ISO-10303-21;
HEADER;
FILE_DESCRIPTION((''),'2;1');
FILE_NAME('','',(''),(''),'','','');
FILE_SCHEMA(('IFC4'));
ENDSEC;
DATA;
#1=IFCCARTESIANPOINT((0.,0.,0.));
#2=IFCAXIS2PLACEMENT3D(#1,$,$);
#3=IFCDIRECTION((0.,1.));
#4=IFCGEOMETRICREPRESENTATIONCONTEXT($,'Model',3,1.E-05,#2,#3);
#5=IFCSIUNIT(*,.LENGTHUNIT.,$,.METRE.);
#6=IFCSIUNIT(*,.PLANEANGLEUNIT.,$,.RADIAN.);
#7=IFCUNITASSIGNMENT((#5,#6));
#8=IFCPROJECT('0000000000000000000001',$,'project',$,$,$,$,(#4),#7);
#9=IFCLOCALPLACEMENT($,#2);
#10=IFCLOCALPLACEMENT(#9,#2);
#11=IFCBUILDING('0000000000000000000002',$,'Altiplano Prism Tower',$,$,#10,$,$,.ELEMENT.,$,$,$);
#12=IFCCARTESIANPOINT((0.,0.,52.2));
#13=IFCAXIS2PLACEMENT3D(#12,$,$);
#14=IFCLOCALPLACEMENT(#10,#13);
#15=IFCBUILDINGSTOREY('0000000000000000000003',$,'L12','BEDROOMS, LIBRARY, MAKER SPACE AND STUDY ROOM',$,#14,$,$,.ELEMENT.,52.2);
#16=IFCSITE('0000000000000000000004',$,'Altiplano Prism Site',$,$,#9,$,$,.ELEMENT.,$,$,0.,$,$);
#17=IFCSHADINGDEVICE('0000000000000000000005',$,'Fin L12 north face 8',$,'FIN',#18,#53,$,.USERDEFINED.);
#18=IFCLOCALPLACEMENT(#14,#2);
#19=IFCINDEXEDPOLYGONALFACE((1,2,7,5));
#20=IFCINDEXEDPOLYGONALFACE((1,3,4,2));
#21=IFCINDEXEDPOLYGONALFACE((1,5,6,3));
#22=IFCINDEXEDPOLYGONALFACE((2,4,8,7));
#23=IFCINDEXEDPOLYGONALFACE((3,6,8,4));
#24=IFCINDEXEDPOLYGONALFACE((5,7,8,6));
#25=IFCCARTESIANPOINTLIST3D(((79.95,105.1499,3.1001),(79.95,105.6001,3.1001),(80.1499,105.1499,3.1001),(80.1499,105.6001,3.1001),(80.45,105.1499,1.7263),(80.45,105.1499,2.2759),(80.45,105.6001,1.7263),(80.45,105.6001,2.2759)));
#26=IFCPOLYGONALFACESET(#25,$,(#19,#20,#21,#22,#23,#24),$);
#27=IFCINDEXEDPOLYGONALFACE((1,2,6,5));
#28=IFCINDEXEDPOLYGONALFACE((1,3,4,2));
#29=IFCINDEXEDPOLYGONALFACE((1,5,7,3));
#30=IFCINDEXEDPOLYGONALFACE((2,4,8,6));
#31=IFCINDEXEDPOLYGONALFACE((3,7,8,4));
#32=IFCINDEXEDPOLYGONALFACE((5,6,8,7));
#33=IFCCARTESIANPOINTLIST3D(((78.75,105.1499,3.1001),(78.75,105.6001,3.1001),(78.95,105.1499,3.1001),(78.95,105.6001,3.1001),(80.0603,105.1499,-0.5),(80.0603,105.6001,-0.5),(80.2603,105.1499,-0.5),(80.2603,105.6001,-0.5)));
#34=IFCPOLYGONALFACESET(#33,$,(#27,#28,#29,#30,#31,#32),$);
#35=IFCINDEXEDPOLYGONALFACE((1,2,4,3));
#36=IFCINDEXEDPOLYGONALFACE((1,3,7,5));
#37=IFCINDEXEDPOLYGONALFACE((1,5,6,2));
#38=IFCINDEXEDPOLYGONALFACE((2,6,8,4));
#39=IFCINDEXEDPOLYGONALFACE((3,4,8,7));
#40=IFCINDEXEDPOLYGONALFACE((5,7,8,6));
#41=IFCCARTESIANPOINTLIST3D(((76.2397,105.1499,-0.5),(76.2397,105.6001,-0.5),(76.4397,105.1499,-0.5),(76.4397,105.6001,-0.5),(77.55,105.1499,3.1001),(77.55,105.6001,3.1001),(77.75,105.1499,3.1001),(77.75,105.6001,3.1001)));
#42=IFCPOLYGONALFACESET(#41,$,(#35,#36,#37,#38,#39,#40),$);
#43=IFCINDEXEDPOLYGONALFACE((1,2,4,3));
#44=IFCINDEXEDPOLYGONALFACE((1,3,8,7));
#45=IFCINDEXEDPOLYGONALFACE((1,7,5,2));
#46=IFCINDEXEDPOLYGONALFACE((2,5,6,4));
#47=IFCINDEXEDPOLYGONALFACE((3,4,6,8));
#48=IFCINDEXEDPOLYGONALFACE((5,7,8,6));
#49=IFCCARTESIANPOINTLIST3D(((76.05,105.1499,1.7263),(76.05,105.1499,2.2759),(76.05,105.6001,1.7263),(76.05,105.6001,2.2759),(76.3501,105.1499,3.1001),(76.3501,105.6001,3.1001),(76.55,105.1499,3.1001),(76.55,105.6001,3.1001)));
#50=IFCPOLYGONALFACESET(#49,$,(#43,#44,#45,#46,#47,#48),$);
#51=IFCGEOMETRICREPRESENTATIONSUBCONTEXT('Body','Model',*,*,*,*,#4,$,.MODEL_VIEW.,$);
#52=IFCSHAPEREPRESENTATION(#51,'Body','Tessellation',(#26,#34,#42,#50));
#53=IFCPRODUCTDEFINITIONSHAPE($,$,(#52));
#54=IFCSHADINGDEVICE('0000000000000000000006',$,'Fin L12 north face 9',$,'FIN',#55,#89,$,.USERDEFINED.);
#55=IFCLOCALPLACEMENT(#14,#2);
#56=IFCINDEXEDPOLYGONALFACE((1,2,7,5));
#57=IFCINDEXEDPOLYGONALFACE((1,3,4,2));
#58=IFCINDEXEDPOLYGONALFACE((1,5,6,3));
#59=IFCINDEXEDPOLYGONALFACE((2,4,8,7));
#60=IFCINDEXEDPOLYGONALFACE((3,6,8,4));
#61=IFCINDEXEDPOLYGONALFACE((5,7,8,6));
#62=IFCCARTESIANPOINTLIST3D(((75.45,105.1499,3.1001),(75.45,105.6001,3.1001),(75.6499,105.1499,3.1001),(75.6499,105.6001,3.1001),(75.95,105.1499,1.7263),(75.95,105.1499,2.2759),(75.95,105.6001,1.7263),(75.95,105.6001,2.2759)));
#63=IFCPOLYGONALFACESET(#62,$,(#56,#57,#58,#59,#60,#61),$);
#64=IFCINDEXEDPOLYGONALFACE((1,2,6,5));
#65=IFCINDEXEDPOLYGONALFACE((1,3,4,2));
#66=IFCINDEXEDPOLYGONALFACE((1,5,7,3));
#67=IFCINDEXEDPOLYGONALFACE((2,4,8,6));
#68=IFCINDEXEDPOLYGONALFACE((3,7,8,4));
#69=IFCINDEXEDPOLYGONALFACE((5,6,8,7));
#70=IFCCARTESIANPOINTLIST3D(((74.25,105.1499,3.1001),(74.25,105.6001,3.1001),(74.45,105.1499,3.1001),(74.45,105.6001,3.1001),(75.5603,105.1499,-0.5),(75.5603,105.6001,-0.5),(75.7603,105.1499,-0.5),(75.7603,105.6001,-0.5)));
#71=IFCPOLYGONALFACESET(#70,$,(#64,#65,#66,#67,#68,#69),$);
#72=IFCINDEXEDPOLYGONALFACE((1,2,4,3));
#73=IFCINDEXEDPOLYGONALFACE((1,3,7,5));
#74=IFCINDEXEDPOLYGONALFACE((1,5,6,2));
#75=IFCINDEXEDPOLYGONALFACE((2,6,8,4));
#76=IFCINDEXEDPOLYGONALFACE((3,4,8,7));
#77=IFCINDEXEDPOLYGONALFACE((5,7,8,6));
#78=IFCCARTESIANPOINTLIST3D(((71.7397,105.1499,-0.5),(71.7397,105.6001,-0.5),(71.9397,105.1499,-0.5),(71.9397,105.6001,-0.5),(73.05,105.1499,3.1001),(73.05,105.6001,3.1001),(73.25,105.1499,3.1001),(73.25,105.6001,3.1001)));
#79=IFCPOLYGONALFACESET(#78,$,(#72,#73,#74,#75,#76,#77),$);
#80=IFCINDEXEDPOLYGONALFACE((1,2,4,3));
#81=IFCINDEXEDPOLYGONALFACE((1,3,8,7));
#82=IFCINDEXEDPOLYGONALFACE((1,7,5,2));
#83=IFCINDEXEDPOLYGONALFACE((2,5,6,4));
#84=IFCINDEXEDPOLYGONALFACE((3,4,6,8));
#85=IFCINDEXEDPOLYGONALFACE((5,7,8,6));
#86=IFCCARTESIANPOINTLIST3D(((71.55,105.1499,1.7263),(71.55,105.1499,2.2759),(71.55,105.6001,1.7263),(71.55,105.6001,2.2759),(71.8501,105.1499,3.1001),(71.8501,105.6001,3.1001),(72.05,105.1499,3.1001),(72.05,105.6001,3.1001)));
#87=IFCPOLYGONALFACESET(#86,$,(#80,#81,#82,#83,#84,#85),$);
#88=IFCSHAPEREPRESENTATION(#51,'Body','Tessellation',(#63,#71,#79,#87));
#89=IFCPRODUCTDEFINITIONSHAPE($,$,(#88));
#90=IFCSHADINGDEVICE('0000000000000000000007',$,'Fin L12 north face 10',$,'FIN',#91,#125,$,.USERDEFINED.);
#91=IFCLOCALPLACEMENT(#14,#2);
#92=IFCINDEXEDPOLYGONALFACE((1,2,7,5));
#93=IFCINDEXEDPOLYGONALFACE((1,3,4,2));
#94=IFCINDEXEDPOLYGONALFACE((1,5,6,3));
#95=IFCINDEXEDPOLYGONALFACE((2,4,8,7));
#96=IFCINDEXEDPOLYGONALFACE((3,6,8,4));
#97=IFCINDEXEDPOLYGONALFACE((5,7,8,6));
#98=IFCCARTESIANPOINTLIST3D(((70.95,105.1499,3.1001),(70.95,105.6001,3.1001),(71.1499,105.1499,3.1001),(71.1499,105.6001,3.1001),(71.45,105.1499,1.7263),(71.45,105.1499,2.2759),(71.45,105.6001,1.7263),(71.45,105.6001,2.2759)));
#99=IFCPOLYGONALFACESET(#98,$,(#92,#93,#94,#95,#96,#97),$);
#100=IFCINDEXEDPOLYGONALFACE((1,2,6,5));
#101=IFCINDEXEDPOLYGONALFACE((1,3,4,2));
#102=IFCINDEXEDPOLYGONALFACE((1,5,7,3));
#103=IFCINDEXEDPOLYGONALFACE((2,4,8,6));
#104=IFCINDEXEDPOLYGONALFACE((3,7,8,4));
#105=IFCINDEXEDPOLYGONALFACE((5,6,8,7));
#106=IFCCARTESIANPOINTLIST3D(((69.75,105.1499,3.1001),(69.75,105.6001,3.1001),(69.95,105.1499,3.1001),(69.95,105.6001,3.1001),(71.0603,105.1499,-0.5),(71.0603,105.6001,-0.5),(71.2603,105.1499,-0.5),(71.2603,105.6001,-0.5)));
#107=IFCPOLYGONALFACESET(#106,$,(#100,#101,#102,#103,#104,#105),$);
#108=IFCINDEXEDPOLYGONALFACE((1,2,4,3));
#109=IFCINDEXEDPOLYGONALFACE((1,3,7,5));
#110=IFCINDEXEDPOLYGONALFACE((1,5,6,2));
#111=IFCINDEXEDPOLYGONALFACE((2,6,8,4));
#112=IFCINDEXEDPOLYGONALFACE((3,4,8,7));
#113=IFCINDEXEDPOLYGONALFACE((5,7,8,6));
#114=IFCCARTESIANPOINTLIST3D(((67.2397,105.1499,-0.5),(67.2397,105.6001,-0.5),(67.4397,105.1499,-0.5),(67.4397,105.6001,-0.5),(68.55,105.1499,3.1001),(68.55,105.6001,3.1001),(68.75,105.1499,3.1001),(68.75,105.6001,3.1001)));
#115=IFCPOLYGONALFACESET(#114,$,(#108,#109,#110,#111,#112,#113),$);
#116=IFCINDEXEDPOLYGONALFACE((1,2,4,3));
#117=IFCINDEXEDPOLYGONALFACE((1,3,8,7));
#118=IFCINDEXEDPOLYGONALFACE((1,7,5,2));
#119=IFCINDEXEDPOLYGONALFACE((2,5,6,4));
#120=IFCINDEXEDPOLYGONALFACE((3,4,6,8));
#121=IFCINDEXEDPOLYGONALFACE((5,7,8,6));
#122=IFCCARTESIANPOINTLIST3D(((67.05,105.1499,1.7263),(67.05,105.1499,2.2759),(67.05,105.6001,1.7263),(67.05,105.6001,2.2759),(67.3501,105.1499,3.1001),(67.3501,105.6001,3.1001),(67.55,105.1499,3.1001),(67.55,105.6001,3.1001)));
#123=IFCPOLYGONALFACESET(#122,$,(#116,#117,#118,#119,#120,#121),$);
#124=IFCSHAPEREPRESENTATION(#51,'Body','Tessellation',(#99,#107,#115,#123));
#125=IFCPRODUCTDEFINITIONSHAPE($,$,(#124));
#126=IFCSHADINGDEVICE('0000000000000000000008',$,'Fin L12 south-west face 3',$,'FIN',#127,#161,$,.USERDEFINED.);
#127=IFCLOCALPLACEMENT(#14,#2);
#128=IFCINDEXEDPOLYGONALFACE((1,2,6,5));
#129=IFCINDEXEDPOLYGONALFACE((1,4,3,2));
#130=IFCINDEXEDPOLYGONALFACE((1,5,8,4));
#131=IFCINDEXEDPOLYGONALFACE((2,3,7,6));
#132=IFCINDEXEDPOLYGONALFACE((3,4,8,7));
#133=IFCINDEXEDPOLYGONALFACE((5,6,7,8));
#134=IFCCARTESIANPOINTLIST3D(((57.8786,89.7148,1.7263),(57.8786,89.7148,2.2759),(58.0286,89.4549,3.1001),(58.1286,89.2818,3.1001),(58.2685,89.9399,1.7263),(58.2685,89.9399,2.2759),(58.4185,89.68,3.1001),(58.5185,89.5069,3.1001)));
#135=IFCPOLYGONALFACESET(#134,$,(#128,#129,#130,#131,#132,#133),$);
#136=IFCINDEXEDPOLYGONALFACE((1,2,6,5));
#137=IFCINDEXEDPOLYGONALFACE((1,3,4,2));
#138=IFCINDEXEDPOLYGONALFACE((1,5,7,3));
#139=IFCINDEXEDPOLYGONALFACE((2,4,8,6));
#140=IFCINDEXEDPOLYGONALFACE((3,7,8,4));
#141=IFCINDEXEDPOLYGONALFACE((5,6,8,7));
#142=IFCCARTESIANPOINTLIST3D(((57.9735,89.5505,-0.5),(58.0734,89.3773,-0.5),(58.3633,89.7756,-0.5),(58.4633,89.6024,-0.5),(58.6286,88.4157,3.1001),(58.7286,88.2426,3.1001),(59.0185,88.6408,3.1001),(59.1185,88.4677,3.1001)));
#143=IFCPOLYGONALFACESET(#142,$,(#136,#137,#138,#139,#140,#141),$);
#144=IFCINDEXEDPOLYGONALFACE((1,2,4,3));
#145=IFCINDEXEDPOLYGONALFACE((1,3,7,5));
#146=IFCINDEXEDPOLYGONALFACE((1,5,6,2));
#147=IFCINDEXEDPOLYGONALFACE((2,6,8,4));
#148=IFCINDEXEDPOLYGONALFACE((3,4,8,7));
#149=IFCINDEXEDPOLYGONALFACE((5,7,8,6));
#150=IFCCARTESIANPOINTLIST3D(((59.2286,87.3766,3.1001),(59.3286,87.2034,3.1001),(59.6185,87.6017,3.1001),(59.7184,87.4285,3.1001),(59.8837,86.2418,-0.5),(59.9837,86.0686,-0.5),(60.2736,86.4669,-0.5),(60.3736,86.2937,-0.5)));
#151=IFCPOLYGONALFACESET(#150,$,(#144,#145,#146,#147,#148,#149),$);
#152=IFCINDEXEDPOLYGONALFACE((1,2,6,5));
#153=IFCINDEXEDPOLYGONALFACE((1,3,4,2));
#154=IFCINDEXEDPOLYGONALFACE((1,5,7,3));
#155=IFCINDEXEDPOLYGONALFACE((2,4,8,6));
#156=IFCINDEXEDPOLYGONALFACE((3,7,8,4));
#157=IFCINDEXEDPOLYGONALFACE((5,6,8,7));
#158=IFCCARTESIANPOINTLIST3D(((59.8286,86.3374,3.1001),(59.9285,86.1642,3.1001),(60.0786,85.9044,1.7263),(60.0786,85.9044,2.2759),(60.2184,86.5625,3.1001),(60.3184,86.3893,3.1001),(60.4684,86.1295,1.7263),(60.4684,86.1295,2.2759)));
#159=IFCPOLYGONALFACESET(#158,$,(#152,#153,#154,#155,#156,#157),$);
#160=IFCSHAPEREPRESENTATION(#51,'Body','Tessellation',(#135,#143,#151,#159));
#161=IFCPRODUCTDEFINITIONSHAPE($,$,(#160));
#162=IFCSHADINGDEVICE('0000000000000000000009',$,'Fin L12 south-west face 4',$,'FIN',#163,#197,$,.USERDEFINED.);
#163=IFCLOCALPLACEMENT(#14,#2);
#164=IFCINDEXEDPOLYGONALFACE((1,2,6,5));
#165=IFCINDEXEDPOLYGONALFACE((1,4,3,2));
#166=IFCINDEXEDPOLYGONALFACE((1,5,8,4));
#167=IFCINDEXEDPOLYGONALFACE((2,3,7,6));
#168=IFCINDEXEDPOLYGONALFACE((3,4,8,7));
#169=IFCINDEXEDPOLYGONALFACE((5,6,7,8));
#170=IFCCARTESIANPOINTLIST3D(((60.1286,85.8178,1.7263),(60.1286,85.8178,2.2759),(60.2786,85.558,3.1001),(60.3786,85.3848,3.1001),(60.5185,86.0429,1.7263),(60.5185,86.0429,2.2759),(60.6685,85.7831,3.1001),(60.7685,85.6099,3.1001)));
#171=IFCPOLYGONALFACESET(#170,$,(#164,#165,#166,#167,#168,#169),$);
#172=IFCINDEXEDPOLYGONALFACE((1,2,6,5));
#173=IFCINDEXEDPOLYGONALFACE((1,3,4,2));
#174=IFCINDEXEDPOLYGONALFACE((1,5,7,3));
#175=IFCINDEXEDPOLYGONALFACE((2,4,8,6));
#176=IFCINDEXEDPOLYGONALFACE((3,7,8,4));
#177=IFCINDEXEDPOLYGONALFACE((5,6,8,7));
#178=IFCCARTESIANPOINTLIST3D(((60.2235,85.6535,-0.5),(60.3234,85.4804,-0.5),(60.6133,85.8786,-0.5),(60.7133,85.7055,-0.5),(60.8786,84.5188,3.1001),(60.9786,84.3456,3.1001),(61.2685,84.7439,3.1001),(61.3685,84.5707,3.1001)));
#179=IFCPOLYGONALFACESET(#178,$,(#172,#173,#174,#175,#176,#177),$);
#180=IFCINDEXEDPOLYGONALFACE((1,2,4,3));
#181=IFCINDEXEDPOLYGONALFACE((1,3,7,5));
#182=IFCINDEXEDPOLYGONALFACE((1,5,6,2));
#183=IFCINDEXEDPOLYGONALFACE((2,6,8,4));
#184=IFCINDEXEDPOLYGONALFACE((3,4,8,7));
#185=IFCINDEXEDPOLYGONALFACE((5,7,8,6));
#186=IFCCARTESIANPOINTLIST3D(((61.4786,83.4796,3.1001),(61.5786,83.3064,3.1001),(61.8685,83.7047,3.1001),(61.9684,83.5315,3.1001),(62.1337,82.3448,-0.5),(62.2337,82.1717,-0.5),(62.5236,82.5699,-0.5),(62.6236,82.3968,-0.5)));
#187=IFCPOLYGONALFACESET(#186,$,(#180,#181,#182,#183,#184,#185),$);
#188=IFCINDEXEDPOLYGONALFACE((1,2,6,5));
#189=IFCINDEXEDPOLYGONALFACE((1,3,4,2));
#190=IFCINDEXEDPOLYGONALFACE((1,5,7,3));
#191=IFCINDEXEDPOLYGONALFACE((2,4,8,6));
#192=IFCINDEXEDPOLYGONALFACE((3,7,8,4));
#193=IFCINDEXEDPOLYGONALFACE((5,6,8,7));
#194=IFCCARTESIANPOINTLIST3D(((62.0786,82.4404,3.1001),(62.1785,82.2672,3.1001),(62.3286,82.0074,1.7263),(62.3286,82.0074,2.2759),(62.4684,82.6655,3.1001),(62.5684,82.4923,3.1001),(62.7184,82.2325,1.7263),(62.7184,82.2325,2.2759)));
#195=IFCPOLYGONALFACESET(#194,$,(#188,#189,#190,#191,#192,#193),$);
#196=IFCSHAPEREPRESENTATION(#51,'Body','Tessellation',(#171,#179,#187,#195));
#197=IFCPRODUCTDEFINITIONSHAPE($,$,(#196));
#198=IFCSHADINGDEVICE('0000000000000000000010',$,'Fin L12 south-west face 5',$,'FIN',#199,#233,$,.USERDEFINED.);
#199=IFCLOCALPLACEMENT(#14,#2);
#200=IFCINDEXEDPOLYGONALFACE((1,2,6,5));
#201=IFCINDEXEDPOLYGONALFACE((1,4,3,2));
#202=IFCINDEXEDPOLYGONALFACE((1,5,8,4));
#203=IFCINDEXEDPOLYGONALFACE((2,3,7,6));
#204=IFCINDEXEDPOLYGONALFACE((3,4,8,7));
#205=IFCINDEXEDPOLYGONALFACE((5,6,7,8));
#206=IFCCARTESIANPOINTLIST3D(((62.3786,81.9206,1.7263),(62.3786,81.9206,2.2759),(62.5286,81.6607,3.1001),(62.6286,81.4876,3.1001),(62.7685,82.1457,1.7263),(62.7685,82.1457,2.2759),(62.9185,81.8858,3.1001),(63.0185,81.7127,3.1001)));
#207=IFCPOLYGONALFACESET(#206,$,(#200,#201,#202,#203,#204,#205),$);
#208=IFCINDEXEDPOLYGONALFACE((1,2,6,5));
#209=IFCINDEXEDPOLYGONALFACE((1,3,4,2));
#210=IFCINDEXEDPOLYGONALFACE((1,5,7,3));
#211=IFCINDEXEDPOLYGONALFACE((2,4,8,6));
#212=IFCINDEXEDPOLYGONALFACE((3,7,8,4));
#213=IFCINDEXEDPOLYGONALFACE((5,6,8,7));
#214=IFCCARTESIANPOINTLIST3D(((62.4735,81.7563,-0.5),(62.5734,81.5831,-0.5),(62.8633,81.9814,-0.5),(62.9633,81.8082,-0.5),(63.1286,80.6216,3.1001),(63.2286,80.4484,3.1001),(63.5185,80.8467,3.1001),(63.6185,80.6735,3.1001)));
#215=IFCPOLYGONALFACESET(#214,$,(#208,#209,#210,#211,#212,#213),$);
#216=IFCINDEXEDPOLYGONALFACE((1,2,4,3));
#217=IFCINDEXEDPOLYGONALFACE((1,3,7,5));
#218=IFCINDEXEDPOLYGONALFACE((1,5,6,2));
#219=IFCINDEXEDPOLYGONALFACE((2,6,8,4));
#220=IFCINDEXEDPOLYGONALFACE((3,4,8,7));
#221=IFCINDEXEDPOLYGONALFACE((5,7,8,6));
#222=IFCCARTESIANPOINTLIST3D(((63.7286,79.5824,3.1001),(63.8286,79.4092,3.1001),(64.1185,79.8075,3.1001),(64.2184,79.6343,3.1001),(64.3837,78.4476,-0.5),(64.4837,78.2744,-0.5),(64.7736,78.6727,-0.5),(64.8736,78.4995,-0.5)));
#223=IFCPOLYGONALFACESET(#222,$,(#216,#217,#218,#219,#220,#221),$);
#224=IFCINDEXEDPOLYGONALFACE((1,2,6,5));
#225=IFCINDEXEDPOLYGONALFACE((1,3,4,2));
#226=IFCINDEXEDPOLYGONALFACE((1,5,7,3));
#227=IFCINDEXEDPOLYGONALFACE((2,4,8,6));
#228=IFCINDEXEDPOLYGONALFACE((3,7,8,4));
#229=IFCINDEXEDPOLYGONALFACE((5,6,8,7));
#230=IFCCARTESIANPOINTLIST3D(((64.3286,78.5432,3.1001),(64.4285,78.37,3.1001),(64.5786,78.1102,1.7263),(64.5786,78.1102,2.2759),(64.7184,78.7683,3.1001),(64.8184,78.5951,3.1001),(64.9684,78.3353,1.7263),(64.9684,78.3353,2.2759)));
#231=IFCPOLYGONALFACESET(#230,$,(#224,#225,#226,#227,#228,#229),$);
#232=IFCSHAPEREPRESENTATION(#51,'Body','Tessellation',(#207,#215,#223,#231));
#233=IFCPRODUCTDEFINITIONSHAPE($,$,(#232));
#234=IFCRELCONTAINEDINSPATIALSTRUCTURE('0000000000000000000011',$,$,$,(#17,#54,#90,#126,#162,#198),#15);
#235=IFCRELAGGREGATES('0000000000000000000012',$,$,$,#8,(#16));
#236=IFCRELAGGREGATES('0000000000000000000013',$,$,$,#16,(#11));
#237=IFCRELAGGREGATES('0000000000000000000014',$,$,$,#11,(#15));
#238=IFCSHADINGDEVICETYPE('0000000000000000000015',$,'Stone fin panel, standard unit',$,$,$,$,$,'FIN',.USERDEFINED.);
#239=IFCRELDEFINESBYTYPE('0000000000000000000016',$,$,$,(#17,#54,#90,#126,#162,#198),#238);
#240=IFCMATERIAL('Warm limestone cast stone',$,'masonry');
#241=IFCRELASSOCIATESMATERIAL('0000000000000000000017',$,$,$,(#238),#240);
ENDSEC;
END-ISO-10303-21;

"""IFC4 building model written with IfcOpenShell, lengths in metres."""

from ifc_helpers import new_model, si_unit, direction, frame, origin, place, context, subcontext, project, spatial, polyline, outline, extrude, source, transform, mapped, material, type_object, element, save


model = new_model("IFC4")

# Units and contexts
model_context = context("Model", 3, precision=1e-05, world=origin(), true_north=direction((0.0, 1.0)))
body_context = subcontext(model_context, "Body", "Model", "MODEL_VIEW")
ifc_project = project(units=[si_unit("LENGTHUNIT", "METRE"), si_unit("PLANEANGLEUNIT", "RADIAN")], contexts=[model_context])

# Site, building, storey
site_placement = place(None, origin())
site = spatial("IfcSite", under=ifc_project, at=site_placement, Name="Altiplano Prism Site", CompositionType="ELEMENT", RefElevation=0.0)
building_placement = place(site_placement, origin())
building = spatial("IfcBuilding", under=site, at=building_placement, Name="Altiplano Prism Tower", CompositionType="ELEMENT")
storey_placement = place(building_placement, frame((0.0, 0.0, 52.2)))
storey = spatial("IfcBuildingStorey", under=building, at=storey_placement, Name="L12", Description="BEDROOMS, LIBRARY, MAKER SPACE AND STUDY ROOM", CompositionType="ELEMENT", Elevation=52.2)

# Shading devices
ifc_material_1 = material(Name="Warm limestone cast stone", Category="masonry")
shading_device_type_1 = type_object("IfcShadingDeviceType", Name="Stone fin panel, standard unit", ElementType="FIN", PredefinedType="USERDEFINED", material=ifc_material_1)
shared_shape_1 = source(origin(), body_context, "Body", "SweptSolid", [
    extrude(outline(polyline([(-2.2, 2.2263), (-1.7, 3.6001), (-1.8999, 3.6001), (-2.2, 2.7759), (-2.2, 2.2263)])), frame((0.0, -0.1499, 0.0), z_axis=(0.0, -1.0, 0.0), x_axis=(1.0, 0.0, 0.0)), (0.0, 0.0, 1.0), 0.4502),
    extrude(outline(polyline([(-2.0103, 0.0), (-1.8103, 0.0), (-0.5, 3.6001), (-0.7, 3.6001), (-2.0103, 0.0)])), frame((0.0, -0.1499, 0.0), z_axis=(0.0, -1.0, 0.0), x_axis=(1.0, 0.0, 0.0)), (0.0, 0.0, 1.0), 0.4502),
    extrude(outline(polyline([(1.8103, 0.0), (2.0103, 0.0), (0.7, 3.6001), (0.5, 3.6001), (1.8103, 0.0)])), frame((0.0, -0.1499, 0.0), z_axis=(0.0, -1.0, 0.0), x_axis=(1.0, 0.0, 0.0)), (0.0, 0.0, 1.0), 0.4502),
    extrude(outline(polyline([(2.2, 2.7759), (1.8999, 3.6001), (1.7, 3.6001), (2.2, 2.2263), (2.2, 2.7759)])), frame((0.0, -0.1499, 0.0), z_axis=(0.0, -1.0, 0.0), x_axis=(1.0, 0.0, 0.0)), (0.0, 0.0, 1.0), 0.4502),
])
shading_device_1_placement = place(storey_placement, origin())
element("IfcShadingDevice", 1, at=shading_device_1_placement, inside=storey, type_object=shading_device_type_1, Name="Fin L12 north face 8", ObjectType="FIN", PredefinedType="USERDEFINED", context=body_context, shape_type="MappedRepresentation", body=[
    mapped(shared_shape_1, transform((78.25, 105.0, -0.5), x_axis=(-1.0, 0.0, 0.0), y_axis=(0.0, -1.0, 0.0), z_axis=(0.0, 0.0, 1.0))),
])
shading_device_2_placement = place(storey_placement, origin())
element("IfcShadingDevice", 2, at=shading_device_2_placement, inside=storey, type_object=shading_device_type_1, Name="Fin L12 north face 9", ObjectType="FIN", PredefinedType="USERDEFINED", context=body_context, shape_type="MappedRepresentation", body=[
    mapped(shared_shape_1, transform((73.75, 105.0, -0.5), x_axis=(-1.0, 0.0, 0.0), y_axis=(0.0, -1.0, 0.0), z_axis=(0.0, 0.0, 1.0))),
])
shading_device_3_placement = place(storey_placement, origin())
element("IfcShadingDevice", 3, at=shading_device_3_placement, inside=storey, type_object=shading_device_type_1, Name="Fin L12 north face 10", ObjectType="FIN", PredefinedType="USERDEFINED", context=body_context, shape_type="MappedRepresentation", body=[
    mapped(shared_shape_1, transform((69.25, 105.0, -0.5), x_axis=(-1.0, 0.0, 0.0), y_axis=(0.0, -1.0, 0.0), z_axis=(0.0, 0.0, 1.0))),
])
shading_device_4_placement = place(storey_placement, origin())
element("IfcShadingDevice", 4, at=shading_device_4_placement, inside=storey, type_object=shading_device_type_1, Name="Fin L12 south-west face 3", ObjectType="FIN", PredefinedType="USERDEFINED", context=body_context, shape_type="MappedRepresentation", body=[
    mapped(shared_shape_1, transform((59.4983, 88.1096, -0.5), x_axis=(0.5, -0.866025, 0.0), y_axis=(0.866025, 0.5, 0.0), z_axis=(0.0, 0.0, 1.0))),
])
shading_device_5_placement = place(storey_placement, origin())
element("IfcShadingDevice", 5, at=shading_device_5_placement, inside=storey, type_object=shading_device_type_1, Name="Fin L12 south-west face 4", ObjectType="FIN", PredefinedType="USERDEFINED", context=body_context, shape_type="MappedRepresentation", body=[
    mapped(shared_shape_1, transform((61.7483, 84.2126, -0.5), x_axis=(0.5, -0.866025, 0.0), y_axis=(0.866025, 0.5, 0.0), z_axis=(0.0, 0.0, 1.0))),
])
shading_device_6_placement = place(storey_placement, origin())
element("IfcShadingDevice", 6, at=shading_device_6_placement, inside=storey, type_object=shading_device_type_1, Name="Fin L12 south-west face 5", ObjectType="FIN", PredefinedType="USERDEFINED", context=body_context, shape_type="MappedRepresentation", body=[
    mapped(shared_shape_1, transform((63.9983, 80.3154, -0.5), x_axis=(0.5, -0.866025, 0.0), y_axis=(0.866025, 0.5, 0.0), z_axis=(0.0, 0.0, 1.0))),
])

save(model, "model.ifc")
